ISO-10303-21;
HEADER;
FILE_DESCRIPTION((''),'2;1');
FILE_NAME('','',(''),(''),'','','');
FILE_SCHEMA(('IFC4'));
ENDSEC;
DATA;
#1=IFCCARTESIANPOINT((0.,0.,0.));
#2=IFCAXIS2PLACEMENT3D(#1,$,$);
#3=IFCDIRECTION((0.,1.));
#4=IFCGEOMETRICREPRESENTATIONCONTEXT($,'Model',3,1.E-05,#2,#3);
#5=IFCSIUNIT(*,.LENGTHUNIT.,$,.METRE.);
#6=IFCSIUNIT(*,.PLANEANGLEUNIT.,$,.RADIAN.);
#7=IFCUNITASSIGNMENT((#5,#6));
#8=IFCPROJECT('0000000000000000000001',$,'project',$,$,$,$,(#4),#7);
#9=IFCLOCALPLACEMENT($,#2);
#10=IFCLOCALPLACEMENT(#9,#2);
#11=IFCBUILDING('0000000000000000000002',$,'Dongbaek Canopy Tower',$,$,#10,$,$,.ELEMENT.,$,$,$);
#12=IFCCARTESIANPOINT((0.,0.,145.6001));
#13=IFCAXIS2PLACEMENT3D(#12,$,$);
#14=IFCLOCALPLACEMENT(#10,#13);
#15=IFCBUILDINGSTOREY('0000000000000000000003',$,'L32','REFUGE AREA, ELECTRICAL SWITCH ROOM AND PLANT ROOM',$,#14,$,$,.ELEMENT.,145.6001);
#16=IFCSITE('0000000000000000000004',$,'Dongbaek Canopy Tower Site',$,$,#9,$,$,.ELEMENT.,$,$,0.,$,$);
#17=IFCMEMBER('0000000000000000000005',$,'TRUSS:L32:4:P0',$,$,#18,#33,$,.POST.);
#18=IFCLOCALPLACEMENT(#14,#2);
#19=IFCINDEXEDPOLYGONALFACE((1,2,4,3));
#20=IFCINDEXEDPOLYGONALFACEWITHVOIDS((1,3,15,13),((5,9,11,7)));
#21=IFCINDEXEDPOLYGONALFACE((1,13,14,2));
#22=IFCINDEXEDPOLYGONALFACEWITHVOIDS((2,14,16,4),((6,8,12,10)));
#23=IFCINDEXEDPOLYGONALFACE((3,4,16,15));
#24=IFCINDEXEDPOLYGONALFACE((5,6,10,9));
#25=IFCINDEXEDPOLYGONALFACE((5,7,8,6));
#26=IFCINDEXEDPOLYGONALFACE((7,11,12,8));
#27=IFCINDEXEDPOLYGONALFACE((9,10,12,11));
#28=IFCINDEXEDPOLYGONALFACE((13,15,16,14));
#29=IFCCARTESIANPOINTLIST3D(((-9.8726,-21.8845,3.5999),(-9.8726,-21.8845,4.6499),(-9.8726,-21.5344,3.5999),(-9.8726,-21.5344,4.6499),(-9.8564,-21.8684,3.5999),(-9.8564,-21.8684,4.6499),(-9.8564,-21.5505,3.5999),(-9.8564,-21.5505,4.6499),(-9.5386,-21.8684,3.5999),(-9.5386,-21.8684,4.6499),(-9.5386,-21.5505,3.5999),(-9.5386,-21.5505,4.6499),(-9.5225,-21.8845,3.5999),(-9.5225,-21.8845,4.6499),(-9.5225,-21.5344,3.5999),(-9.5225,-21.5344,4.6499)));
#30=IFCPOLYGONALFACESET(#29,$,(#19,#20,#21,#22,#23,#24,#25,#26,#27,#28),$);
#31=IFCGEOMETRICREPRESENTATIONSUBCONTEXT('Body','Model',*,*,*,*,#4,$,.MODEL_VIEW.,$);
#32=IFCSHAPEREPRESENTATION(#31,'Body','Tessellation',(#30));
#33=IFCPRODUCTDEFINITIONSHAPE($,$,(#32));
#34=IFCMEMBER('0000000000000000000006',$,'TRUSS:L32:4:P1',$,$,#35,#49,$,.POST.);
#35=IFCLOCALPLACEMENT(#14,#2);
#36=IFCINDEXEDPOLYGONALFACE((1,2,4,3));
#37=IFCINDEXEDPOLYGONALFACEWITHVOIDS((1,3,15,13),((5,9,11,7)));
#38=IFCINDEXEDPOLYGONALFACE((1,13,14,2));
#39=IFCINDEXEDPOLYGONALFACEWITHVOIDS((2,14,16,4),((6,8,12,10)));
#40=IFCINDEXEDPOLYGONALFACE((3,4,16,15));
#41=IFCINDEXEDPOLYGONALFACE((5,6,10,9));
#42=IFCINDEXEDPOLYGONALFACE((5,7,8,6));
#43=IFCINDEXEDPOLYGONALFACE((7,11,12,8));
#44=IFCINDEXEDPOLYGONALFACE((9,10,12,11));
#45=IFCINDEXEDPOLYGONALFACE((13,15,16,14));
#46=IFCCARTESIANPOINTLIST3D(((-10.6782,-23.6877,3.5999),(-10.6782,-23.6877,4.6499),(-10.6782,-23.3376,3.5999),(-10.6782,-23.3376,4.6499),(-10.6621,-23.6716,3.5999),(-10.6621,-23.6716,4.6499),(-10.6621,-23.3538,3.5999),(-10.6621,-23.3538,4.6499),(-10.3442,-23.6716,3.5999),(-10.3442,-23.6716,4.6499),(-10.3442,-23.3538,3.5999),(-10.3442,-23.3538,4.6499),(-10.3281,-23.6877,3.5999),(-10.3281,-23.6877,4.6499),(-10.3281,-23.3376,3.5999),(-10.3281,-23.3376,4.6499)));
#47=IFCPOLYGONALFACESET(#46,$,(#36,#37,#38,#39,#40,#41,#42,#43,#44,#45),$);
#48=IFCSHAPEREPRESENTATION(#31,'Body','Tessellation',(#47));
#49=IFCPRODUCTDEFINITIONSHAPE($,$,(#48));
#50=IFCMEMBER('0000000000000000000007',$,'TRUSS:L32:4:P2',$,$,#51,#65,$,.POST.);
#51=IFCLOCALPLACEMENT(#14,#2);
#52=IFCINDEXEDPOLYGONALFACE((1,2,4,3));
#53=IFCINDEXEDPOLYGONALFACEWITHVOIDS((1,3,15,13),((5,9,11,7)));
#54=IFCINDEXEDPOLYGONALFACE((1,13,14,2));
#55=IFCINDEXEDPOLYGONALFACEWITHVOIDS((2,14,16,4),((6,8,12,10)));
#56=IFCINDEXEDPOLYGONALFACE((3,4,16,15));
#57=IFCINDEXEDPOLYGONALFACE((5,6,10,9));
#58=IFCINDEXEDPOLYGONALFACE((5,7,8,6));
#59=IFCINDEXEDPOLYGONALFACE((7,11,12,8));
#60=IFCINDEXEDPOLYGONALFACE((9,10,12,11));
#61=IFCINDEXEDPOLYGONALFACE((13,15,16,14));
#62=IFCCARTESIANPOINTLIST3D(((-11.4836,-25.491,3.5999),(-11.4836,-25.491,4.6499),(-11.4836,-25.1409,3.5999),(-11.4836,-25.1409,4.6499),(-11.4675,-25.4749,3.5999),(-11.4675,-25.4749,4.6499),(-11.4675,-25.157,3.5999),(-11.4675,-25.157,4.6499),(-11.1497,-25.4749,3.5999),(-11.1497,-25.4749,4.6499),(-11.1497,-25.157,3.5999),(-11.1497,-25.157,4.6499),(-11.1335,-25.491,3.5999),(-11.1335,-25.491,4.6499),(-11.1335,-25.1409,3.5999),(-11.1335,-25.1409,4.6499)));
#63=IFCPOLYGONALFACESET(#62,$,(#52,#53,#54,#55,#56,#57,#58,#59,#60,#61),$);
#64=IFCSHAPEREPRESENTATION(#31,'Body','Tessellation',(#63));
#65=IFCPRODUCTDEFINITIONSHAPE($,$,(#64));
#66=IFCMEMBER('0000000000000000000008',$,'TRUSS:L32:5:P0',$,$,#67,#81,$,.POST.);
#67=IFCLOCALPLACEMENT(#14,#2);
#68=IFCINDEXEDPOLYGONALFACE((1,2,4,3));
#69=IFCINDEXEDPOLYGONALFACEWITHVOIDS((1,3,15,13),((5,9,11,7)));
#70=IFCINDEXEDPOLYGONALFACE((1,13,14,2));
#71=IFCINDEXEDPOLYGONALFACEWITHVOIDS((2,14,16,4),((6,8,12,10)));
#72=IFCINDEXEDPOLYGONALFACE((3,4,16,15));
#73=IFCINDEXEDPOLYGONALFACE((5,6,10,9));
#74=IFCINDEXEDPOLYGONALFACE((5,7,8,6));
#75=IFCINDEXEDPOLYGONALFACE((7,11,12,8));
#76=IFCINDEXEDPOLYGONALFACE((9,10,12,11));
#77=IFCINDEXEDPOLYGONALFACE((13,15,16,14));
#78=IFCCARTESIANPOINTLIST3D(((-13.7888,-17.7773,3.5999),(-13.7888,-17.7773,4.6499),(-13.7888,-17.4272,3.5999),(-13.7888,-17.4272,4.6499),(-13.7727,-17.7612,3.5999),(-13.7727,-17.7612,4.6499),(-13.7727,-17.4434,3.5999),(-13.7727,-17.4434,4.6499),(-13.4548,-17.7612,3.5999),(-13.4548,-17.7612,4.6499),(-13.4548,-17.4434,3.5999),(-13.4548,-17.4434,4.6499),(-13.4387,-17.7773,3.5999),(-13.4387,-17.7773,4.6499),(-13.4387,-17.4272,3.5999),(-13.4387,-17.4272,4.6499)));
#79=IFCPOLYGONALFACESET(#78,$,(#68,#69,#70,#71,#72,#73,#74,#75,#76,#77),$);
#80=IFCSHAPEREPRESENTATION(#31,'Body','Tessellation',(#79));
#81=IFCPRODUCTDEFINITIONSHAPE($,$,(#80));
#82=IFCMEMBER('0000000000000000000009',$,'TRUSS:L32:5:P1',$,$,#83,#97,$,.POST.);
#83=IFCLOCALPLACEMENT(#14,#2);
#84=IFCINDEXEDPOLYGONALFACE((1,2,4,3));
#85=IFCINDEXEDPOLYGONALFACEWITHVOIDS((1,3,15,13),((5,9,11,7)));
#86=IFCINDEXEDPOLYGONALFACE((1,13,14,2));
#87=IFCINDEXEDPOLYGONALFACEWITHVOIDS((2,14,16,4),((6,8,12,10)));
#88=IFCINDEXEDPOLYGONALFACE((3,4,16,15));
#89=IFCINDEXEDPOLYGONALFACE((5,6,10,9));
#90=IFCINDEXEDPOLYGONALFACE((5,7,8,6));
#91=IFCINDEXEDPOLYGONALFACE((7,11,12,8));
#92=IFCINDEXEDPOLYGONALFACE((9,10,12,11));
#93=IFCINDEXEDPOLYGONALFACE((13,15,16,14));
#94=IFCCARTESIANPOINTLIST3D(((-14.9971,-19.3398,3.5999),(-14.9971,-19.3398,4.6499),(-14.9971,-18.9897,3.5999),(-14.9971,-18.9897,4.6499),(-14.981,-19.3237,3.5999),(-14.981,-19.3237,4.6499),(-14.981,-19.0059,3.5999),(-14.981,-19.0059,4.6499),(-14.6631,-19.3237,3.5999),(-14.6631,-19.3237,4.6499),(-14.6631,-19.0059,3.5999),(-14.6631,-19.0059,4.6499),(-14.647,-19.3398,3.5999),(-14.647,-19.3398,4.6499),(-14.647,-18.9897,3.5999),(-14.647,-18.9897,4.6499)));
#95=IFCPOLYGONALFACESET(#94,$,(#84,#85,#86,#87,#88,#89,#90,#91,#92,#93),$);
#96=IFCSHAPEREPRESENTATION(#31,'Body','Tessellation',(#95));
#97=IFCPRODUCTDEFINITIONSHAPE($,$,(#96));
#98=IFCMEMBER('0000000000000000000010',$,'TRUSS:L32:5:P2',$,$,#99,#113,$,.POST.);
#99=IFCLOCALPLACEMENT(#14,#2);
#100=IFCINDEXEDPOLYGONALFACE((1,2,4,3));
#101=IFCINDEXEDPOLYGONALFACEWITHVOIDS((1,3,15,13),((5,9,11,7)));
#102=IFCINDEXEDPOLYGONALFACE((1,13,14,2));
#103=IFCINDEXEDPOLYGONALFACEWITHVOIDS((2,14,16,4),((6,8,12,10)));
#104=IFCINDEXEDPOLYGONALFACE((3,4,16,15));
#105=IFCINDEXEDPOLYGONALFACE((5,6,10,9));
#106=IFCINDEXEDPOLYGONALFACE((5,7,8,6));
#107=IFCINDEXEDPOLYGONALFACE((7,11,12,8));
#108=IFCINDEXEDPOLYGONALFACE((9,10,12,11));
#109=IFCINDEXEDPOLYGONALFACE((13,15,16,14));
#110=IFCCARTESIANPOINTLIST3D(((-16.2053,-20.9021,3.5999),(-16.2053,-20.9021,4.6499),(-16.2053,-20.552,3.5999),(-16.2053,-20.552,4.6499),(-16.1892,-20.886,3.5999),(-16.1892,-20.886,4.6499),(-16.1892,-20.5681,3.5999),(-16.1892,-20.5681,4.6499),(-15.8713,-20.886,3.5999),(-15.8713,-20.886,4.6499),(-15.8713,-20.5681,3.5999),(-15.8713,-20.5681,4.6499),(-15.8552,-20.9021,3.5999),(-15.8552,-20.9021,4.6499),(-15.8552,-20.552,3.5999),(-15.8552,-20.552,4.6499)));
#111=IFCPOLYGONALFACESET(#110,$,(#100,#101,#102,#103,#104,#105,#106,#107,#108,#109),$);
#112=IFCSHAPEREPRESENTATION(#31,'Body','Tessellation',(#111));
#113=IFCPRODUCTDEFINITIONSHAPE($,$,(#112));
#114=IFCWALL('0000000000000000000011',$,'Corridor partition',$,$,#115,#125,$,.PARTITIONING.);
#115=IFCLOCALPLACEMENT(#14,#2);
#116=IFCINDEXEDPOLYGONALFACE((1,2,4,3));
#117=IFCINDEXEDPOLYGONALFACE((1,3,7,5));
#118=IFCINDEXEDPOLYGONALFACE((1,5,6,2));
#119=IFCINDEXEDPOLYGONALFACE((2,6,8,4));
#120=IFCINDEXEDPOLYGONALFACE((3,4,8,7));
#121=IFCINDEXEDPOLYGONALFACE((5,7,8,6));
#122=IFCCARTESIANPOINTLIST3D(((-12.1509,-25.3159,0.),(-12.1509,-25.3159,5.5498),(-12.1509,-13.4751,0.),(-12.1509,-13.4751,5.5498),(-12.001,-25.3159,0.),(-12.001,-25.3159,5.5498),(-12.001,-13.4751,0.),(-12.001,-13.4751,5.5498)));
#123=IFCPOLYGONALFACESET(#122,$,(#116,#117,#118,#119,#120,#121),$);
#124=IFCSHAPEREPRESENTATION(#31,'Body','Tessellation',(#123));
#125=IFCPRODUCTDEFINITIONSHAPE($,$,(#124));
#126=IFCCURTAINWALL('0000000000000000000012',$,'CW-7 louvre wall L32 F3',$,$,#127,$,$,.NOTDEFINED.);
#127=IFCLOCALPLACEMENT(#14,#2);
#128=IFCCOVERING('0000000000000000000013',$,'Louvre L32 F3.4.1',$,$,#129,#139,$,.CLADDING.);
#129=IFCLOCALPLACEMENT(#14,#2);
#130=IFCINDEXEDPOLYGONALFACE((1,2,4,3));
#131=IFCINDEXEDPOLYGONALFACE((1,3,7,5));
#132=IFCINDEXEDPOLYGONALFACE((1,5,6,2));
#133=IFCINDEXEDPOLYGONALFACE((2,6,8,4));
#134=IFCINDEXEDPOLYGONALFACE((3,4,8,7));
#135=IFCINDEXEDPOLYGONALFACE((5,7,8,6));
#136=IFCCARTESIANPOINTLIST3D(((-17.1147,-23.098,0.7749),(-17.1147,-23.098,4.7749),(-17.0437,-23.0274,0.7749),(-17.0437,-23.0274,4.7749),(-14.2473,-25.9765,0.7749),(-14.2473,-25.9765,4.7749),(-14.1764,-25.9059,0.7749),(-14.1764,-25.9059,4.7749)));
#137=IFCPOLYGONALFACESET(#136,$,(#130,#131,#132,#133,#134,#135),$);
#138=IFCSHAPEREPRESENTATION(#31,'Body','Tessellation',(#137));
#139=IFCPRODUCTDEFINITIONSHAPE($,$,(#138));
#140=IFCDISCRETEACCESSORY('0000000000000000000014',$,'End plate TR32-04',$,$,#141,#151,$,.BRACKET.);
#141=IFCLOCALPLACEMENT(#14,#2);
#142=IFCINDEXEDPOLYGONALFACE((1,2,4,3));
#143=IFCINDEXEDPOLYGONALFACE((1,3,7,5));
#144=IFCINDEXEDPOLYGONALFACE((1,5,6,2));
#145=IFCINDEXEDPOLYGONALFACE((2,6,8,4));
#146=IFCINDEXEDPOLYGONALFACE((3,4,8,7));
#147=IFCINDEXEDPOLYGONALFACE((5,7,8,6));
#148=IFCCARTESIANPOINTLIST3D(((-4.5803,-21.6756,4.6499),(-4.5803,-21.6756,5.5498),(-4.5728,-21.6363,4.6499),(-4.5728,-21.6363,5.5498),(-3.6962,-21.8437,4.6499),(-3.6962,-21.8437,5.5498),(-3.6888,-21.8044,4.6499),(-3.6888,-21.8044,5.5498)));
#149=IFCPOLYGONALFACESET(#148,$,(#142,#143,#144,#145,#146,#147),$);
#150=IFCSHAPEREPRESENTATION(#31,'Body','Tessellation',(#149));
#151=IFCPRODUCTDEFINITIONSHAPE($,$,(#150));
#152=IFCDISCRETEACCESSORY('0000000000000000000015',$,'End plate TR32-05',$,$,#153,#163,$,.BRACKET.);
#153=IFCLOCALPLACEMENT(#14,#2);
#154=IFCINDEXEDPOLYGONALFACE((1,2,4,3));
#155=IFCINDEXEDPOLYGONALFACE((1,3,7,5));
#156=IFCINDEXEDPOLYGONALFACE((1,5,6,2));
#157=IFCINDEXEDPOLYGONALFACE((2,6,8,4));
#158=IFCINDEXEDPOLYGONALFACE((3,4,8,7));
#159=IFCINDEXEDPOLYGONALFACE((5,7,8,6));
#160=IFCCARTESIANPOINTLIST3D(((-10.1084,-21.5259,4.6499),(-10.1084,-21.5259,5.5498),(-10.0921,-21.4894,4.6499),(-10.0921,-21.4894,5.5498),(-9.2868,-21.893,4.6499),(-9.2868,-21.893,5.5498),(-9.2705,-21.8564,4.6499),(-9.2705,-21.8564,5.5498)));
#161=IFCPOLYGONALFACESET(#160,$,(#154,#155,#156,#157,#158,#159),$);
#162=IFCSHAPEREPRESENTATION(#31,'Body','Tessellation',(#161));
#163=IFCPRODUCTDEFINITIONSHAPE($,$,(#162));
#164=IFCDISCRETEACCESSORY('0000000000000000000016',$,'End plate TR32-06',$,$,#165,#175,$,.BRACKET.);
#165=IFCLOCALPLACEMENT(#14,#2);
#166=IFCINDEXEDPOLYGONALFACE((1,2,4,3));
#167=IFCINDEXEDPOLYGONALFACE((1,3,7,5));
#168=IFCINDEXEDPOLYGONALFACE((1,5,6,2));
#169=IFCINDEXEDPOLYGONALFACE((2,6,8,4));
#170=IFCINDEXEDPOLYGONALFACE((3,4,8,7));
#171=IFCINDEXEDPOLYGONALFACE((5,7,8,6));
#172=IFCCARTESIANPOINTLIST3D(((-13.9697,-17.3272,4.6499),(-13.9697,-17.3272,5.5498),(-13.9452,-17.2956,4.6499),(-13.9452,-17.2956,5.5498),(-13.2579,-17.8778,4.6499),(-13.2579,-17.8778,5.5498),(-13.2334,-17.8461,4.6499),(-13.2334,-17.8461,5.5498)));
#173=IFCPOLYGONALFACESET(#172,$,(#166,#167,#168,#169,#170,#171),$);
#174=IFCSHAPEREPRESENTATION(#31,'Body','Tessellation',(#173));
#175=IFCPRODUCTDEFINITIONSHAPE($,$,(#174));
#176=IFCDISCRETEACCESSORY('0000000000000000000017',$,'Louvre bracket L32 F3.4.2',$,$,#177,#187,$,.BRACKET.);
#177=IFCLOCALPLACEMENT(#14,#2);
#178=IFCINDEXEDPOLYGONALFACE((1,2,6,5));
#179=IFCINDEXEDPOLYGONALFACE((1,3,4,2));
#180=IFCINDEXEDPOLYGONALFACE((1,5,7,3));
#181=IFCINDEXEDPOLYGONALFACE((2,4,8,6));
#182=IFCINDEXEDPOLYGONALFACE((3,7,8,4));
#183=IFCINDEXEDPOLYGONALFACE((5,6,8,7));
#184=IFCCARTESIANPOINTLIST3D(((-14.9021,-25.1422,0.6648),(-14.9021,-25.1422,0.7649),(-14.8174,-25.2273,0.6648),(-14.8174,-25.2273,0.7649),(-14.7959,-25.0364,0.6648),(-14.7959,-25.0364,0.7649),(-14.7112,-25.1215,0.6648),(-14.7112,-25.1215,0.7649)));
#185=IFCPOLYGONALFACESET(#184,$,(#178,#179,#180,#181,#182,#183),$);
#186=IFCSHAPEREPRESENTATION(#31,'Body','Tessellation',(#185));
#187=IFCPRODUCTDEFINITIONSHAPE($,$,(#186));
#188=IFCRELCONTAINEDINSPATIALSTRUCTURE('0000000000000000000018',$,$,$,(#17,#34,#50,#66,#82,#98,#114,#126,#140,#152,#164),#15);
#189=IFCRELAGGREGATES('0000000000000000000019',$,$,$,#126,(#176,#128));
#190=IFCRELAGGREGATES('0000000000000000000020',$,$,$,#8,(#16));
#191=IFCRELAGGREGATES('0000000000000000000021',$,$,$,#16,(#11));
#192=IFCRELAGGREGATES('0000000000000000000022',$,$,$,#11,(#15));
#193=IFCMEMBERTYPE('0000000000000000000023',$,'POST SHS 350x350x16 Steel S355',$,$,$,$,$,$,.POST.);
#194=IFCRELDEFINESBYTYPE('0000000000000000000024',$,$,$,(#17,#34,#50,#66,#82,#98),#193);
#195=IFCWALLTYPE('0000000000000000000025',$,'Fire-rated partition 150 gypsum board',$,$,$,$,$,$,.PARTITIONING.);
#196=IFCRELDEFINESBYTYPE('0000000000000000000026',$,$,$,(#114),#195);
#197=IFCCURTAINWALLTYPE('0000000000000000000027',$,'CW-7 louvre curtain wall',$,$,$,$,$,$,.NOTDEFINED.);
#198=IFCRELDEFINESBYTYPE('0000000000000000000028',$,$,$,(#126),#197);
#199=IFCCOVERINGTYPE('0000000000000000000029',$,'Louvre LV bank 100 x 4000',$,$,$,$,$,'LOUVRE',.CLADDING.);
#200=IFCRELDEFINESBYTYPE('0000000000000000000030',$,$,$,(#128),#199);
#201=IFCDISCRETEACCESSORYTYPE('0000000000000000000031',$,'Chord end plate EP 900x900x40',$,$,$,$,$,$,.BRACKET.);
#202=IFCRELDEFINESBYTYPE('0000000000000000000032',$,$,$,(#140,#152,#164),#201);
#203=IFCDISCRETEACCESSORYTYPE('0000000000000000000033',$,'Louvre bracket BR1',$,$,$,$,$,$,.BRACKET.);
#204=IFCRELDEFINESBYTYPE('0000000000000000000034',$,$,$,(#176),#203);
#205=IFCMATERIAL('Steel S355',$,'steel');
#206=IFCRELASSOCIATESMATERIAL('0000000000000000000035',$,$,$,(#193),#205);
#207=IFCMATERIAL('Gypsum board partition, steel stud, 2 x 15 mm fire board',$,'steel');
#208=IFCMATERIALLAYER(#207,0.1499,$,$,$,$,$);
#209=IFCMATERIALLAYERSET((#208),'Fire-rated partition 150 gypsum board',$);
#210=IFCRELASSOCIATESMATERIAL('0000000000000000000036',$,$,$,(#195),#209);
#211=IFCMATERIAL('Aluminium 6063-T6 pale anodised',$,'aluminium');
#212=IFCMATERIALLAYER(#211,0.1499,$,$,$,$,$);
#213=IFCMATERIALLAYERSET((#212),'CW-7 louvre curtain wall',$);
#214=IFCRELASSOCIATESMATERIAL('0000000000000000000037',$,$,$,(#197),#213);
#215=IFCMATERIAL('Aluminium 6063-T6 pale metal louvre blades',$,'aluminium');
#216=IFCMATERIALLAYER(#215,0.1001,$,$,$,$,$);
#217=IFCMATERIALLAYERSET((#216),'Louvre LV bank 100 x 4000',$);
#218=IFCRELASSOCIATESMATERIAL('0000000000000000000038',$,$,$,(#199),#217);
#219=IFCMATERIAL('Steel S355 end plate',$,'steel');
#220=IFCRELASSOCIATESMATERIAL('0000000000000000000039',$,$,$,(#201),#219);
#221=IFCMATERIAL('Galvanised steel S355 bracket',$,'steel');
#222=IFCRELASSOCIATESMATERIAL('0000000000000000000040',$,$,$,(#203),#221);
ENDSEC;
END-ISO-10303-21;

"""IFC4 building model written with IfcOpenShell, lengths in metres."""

from ifc_helpers import new_model, si_unit, direction, frame, frame_2d, origin, origin_2d, place, context, subcontext, project, spatial, rectangle, hollow_rectangle, extrude, material, layer, layer_set, material_profile, profile_set, type_object, element, aggregate, save


model = new_model("IFC4")

# Units and contexts
model_context = context("Model", 3, precision=1e-05, world=origin(), true_north=direction((0.0, 1.0)))
body_context = subcontext(model_context, "Body", "Model", "MODEL_VIEW")
ifc_project = project(units=[si_unit("LENGTHUNIT", "METRE"), si_unit("PLANEANGLEUNIT", "RADIAN")], contexts=[model_context])

# Site, building, storey
site_placement = place(None, origin())
site = spatial("IfcSite", under=ifc_project, at=site_placement, Name="Dongbaek Canopy Tower Site", CompositionType="ELEMENT", RefElevation=0.0)
building_placement = place(site_placement, origin())
building = spatial("IfcBuilding", under=site, at=building_placement, Name="Dongbaek Canopy Tower", CompositionType="ELEMENT")
storey_placement = place(building_placement, frame((0.0, 0.0, 145.6001)))
storey = spatial("IfcBuildingStorey", under=building, at=storey_placement, Name="L32", Description="REFUGE AREA, ELECTRICAL SWITCH ROOM AND PLANT ROOM", CompositionType="ELEMENT", Elevation=145.6001)

# Members
ifc_material_1 = material(Name="Steel S355", Category="steel")
ifc_material_profile_1 = material_profile(ifc_material_1, hollow_rectangle(XDim=0.3501, YDim=0.3501, WallThickness=0.0161, at=origin_2d()), Name="POST SHS 350x350x16 Steel S355")
ifc_profile_set_1 = profile_set([ifc_material_profile_1], Name="Steel S355")
member_type_1 = type_object("IfcMemberType", Name="POST SHS 350x350x16 Steel S355", PredefinedType="POST", material=ifc_profile_set_1)
for number, where, z_axis, x_axis, name in (
    (1, (-9.6975, -21.7095, 3.5999), (0.0, 0.0, 1.0), (1.0, 0.0, 0.0), "TRUSS:L32:4:P0"),
    (2, (-10.5032, -23.5127, 3.5999), (0.0, 0.0, 1.0), (1.0, 0.0, 0.0), "TRUSS:L32:4:P1"),
    (3, (-11.3086, -25.3159, 3.5999), (0.0, 0.0, 1.0), (1.0, 0.0, 0.0), "TRUSS:L32:4:P2"),
    (4, (-13.6138, -17.6023, 3.5999), (0.0, 0.0, 1.0), (1.0, 0.0, 0.0), "TRUSS:L32:5:P0"),
    (5, (-14.822, -19.1648, 3.5999), (0.0, 0.0, 1.0), (1.0, 0.0, 0.0), "TRUSS:L32:5:P1"),
    (6, (-16.0303, -20.7271, 3.5999), (0.0, 0.0, 1.0), (1.0, 0.0, 0.0), "TRUSS:L32:5:P2"),
):
    element("IfcMember", number, at=place(storey_placement, frame(where, z_axis=z_axis, x_axis=x_axis)), inside=storey, type_object=member_type_1, Name=name, PredefinedType="POST", context=body_context, shape_type="SweptSolid", body=[
        extrude(hollow_rectangle(XDim=0.3501, YDim=0.3501, WallThickness=0.0161, at=origin_2d()), origin(), (0.0, 0.0, 1.0), 1.05),
    ])

# Wall
ifc_material_2 = material(Name="Gypsum board partition, steel stud, 2 x 15 mm fire board", Category="steel")
ifc_layer_1 = layer(ifc_material_2, 0.1499)
ifc_layer_set_1 = layer_set([ifc_layer_1], Name="Fire-rated partition 150 gypsum board")
wall_type = type_object("IfcWallType", Name="Fire-rated partition 150 gypsum board", PredefinedType="PARTITIONING", material=ifc_layer_set_1)
wall_placement = place(storey_placement, frame((-12.0759, -25.3159, 0.0), z_axis=(0.0, 0.0, 1.0), x_axis=(0.0, 1.0, 0.0)))
element("IfcWall", 7, at=wall_placement, inside=storey, type_object=wall_type, Name="Corridor partition", PredefinedType="PARTITIONING", context=body_context, shape_type="SweptSolid", body=[
    extrude(rectangle(XDim=11.8408, YDim=0.1499, at=frame_2d((5.9204, 0.0))), origin(), (0.0, 0.0, 1.0), 5.5498),
])

# Curtain wall, covering
ifc_material_3 = material(Name="Aluminium 6063-T6 pale anodised", Category="aluminium")
ifc_layer_2 = layer(ifc_material_3, 0.1499)
ifc_layer_set_2 = layer_set([ifc_layer_2], Name="CW-7 louvre curtain wall")
curtain_wall_type = type_object("IfcCurtainWallType", Name="CW-7 louvre curtain wall", PredefinedType="NOTDEFINED", material=ifc_layer_set_2)
curtain_wall_placement = place(storey_placement, origin())
curtain_wall = element("IfcCurtainWall", 8, at=curtain_wall_placement, inside=storey, type_object=curtain_wall_type, Name="CW-7 louvre wall L32 F3", PredefinedType="NOTDEFINED")
ifc_material_4 = material(Name="Aluminium 6063-T6 pale metal louvre blades", Category="aluminium")
ifc_layer_3 = layer(ifc_material_4, 0.1001)
ifc_layer_set_3 = layer_set([ifc_layer_3], Name="Louvre LV bank 100 x 4000")
covering_type = type_object("IfcCoveringType", Name="Louvre LV bank 100 x 4000", ElementType="LOUVRE", PredefinedType="CLADDING", material=ifc_layer_set_3)
covering_placement = place(storey_placement, frame((-15.6455, -24.502, 0.7749), z_axis=(0.0, 0.0, 1.0), x_axis=(0.705732, -0.708479, 0.0)))
covering = element("IfcCovering", 9, at=covering_placement, type_object=covering_type, Name="Louvre L32 F3.4.1", PredefinedType="CLADDING", context=body_context, shape_type="SweptSolid", body=[
    extrude(rectangle(XDim=4.063, YDim=0.1001, at=origin_2d()), origin(), (0.0, 0.0, 1.0), 4.0),
])

# Discrete accessories
ifc_material_5 = material(Name="Steel S355 end plate", Category="steel")
discrete_accessory_type_1 = type_object("IfcDiscreteAccessoryType", Name="Chord end plate EP 900x900x40", PredefinedType="BRACKET", material=ifc_material_5)
for number, where, z_axis, x_axis, name in (
    (10, (-4.1345, -21.74, 4.6499), (0.0, 0.0, 1.0), (-0.186838, -0.982391, 0.0), "End plate TR32-04"),
    (11, (-9.6895, -21.6912, 4.6499), (0.0, 0.0, 1.0), (-0.407857, -0.913046, 0.0), "End plate TR32-05"),
    (12, (-13.6016, -17.5867, 4.6499), (0.0, 0.0, 1.0), (-0.611781, -0.791027, 0.0), "End plate TR32-06"),
):
    element("IfcDiscreteAccessory", number, at=place(storey_placement, frame(where, z_axis=z_axis, x_axis=x_axis)), inside=storey, type_object=discrete_accessory_type_1, Name=name, PredefinedType="BRACKET", context=body_context, shape_type="SweptSolid", body=[
        extrude(rectangle(XDim=0.04, YDim=0.8999, at=origin_2d()), origin(), (0.0, 0.0, 1.0), 0.8999),
    ])

# Discrete accessory
ifc_material_6 = material(Name="Galvanised steel S355 bracket", Category="steel")
discrete_accessory_type_2 = type_object("IfcDiscreteAccessoryType", Name="Louvre bracket BR1", PredefinedType="BRACKET", material=ifc_material_6)
discrete_accessory_placement = place(storey_placement, frame((-14.8066, -25.1318, 0.6648), z_axis=(0.0, 0.0, 1.0), x_axis=(0.705732, -0.708479, 0.0)))
discrete_accessory = element("IfcDiscreteAccessory", 13, at=discrete_accessory_placement, type_object=discrete_accessory_type_2, Name="Louvre bracket L32 F3.4.2", PredefinedType="BRACKET", context=body_context, shape_type="SweptSolid", body=[
    extrude(rectangle(XDim=0.1201, YDim=0.1499, at=origin_2d()), origin(), (0.0, 0.0, 1.0), 0.1001),
])
aggregate(curtain_wall, [discrete_accessory, covering])

save(model, "model.ifc")
